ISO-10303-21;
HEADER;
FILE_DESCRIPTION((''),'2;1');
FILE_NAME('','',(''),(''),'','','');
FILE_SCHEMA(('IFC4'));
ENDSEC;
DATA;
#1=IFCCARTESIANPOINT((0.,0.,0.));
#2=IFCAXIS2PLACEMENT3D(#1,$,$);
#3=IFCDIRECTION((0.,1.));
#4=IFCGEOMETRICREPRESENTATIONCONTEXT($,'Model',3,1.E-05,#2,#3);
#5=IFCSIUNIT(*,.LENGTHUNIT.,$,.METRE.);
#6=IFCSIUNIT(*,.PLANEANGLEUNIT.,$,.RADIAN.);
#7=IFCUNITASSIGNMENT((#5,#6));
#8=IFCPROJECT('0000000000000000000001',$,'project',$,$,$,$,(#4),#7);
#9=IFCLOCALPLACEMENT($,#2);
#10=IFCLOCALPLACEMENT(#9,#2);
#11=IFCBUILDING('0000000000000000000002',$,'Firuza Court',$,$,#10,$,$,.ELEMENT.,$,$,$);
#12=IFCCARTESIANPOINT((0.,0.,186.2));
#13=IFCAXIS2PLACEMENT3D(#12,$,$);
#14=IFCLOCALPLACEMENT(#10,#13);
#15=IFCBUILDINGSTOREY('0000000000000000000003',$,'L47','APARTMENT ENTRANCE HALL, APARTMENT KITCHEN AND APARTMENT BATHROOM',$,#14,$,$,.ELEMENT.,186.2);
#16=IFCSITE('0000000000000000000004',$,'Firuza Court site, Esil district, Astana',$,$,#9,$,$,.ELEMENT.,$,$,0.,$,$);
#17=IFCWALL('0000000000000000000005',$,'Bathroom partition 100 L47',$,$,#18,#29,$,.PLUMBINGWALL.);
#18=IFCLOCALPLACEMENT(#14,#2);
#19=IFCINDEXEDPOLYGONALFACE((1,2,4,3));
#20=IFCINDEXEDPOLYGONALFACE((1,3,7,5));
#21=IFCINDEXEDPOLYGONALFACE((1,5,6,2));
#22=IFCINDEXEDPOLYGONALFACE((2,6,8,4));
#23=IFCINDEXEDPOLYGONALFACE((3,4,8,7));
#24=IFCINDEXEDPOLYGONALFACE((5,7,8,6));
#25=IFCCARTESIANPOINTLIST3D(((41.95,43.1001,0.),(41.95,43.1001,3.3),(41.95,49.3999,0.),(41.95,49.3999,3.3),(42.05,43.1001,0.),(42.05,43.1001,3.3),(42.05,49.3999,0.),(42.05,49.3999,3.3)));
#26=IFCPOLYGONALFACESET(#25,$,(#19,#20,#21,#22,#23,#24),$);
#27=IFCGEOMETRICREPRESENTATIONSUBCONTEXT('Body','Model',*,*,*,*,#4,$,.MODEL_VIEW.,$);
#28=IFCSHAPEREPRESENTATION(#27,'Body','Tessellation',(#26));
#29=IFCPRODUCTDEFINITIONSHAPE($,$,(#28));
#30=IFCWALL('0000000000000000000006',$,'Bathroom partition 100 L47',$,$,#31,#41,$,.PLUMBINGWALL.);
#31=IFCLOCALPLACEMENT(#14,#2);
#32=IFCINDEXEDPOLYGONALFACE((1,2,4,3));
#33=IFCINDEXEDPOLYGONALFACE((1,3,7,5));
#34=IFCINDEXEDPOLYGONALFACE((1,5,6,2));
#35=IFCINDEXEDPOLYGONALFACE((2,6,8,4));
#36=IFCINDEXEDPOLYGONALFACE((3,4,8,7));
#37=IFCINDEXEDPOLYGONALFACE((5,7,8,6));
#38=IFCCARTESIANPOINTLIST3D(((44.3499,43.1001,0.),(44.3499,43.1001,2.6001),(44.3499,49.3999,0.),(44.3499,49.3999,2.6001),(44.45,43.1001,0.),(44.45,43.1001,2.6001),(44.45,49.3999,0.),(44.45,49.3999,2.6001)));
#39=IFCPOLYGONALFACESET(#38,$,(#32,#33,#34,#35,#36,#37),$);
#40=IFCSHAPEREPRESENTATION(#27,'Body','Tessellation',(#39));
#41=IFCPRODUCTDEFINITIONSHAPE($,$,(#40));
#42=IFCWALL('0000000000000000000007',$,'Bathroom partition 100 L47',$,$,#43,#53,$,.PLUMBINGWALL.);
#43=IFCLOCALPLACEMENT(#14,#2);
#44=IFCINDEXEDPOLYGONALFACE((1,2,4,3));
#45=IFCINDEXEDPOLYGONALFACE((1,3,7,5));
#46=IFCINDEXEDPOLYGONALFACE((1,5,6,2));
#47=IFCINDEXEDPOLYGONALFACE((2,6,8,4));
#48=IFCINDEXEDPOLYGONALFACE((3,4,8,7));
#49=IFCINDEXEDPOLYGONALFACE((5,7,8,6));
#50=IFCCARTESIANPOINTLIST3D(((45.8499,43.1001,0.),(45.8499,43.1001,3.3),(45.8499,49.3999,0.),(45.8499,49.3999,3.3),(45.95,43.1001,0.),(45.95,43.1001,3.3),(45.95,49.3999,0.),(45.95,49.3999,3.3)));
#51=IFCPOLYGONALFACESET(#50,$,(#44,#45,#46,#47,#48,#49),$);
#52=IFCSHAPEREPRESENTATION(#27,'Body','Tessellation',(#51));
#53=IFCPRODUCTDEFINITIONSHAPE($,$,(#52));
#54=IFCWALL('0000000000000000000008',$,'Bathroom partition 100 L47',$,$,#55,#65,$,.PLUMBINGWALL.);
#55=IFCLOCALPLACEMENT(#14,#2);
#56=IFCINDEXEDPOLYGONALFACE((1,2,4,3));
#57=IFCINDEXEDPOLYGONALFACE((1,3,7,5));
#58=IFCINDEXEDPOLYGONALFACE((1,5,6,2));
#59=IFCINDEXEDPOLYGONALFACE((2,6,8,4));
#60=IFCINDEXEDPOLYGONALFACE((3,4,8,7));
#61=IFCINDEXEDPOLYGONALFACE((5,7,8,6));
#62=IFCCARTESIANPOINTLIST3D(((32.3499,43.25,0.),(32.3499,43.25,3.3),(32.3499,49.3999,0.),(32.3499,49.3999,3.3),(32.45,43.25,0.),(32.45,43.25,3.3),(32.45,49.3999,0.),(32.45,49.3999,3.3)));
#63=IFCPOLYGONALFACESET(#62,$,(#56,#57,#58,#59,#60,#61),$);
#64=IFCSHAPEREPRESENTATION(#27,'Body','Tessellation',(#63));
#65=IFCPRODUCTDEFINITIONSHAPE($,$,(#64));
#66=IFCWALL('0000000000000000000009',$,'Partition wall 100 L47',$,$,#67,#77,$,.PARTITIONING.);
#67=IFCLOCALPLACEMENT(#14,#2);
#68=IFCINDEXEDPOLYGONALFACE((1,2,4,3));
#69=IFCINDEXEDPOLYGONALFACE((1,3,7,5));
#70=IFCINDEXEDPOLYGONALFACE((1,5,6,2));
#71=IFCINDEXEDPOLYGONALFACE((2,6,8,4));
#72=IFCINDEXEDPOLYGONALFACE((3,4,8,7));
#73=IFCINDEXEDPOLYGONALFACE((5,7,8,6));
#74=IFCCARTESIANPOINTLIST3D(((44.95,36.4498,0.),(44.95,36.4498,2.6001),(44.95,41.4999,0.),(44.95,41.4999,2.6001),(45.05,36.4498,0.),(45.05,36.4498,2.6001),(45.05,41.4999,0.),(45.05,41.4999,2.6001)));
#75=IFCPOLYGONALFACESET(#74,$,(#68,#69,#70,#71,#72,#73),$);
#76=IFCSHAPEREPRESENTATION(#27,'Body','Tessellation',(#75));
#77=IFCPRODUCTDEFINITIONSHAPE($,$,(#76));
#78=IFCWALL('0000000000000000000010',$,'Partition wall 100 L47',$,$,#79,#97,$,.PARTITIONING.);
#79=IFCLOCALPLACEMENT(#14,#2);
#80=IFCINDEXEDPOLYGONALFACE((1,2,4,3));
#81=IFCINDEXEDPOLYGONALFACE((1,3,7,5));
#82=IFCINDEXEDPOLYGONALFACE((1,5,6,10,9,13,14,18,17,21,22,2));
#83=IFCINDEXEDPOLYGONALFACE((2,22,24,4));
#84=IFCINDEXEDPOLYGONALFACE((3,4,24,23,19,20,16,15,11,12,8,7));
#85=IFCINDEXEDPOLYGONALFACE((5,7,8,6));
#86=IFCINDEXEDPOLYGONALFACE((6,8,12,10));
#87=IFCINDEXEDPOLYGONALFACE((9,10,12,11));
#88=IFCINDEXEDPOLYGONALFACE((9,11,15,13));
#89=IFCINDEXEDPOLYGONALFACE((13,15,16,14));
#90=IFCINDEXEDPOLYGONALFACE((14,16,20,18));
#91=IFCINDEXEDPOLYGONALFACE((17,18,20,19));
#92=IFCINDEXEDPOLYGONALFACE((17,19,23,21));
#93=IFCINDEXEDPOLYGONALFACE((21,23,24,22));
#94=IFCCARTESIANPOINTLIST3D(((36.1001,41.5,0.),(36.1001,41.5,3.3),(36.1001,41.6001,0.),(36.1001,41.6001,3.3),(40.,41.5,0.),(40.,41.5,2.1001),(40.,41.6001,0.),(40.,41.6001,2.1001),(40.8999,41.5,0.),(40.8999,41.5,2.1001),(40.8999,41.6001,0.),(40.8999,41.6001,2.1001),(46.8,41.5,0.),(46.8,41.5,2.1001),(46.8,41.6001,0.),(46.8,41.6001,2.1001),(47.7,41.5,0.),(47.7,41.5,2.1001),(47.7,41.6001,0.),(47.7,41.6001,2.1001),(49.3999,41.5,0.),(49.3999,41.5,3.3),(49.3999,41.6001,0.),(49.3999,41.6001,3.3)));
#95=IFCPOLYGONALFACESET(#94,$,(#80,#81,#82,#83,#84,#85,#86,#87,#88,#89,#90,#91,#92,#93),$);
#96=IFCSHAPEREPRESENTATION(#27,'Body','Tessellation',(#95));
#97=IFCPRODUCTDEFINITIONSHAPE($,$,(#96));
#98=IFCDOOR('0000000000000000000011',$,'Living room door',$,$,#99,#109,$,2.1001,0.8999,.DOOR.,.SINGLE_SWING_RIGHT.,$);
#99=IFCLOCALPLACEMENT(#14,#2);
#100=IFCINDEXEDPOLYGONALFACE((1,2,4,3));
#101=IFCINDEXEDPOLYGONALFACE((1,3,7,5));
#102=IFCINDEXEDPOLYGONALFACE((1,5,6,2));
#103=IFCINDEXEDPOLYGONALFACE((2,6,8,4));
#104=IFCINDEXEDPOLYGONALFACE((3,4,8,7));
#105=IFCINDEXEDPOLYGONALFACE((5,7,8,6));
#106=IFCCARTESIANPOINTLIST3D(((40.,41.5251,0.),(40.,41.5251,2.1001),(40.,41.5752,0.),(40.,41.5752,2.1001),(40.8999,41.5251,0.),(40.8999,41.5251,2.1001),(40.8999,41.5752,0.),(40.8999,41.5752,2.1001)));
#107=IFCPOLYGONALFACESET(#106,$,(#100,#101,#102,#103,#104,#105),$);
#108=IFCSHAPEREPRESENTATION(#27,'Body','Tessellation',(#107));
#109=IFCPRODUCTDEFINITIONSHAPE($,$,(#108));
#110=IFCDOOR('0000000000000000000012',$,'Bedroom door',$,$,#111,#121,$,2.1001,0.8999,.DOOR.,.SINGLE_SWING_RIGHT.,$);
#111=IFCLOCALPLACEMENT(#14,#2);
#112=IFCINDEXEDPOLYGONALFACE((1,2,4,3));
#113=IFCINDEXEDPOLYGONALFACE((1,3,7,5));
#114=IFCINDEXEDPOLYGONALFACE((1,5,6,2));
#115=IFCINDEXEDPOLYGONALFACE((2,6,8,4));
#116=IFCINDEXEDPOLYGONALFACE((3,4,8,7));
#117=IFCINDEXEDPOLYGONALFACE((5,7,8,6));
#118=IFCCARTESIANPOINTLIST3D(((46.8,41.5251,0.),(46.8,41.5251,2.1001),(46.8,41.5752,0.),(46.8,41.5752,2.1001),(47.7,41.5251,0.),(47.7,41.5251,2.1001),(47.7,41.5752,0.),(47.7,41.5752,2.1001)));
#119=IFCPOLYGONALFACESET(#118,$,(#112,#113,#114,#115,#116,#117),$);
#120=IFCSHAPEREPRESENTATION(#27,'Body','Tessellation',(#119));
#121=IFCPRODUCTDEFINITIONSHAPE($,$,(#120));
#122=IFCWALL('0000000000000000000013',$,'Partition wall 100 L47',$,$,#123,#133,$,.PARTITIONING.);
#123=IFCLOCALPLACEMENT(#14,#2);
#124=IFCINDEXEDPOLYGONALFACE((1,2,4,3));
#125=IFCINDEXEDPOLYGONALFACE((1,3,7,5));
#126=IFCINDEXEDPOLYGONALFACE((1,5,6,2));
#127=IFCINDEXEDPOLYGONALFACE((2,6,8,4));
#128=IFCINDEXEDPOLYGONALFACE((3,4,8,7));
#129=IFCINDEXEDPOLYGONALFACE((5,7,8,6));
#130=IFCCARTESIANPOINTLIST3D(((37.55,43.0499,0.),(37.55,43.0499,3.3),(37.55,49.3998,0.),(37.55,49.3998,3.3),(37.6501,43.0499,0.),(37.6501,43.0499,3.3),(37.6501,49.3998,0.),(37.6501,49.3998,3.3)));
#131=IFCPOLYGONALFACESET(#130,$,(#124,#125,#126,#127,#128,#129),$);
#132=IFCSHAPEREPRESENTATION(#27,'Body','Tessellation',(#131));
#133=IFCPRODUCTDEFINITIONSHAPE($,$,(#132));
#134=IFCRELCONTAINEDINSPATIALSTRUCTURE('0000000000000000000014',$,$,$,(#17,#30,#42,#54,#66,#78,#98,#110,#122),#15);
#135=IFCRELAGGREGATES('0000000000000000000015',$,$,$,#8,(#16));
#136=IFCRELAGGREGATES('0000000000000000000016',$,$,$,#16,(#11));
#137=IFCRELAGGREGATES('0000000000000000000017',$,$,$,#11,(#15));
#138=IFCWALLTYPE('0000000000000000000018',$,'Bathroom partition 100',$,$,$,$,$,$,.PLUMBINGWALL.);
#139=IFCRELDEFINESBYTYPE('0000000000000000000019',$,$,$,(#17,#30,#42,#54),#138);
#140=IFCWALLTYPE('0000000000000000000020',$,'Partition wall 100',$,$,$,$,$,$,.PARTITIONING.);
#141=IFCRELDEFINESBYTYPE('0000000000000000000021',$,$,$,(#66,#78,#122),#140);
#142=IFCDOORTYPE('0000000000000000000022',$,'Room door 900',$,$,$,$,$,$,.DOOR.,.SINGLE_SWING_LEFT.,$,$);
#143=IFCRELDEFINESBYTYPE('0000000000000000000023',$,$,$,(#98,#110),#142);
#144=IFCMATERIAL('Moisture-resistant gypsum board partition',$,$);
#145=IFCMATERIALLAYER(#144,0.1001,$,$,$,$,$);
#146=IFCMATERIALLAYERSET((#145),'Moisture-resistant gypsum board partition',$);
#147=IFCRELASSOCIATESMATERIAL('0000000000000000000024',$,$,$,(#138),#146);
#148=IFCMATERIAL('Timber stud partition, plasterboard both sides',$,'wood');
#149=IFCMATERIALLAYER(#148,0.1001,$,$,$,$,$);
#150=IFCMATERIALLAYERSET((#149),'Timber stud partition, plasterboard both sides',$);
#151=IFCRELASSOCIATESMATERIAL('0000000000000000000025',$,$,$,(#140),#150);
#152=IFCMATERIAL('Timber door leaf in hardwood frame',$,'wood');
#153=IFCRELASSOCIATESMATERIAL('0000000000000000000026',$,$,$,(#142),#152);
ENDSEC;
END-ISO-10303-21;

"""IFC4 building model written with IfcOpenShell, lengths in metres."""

from ifc_helpers import new_model, si_unit, direction, frame, frame_2d, origin, place, context, subcontext, project, spatial, rectangle, extrude, material, layer, layer_set, type_object, element, fill, save


model = new_model("IFC4")

# Units and contexts
model_context = context("Model", 3, precision=1e-05, world=origin(), true_north=direction((0.0, 1.0)))
body_context = subcontext(model_context, "Body", "Model", "MODEL_VIEW")
ifc_project = project(units=[si_unit("LENGTHUNIT", "METRE"), si_unit("PLANEANGLEUNIT", "RADIAN")], contexts=[model_context])

# Site, building, storey
site_placement = place(None, origin())
site = spatial("IfcSite", under=ifc_project, at=site_placement, Name="Firuza Court site, Esil district, Astana", CompositionType="ELEMENT", RefElevation=0.0)
building_placement = place(site_placement, origin())
building = spatial("IfcBuilding", under=site, at=building_placement, Name="Firuza Court", CompositionType="ELEMENT")
storey_placement = place(building_placement, frame((0.0, 0.0, 186.2)))
storey = spatial("IfcBuildingStorey", under=building, at=storey_placement, Name="L47", Description="APARTMENT ENTRANCE HALL, APARTMENT KITCHEN AND APARTMENT BATHROOM", CompositionType="ELEMENT", Elevation=186.2)

# Walls
ifc_material_1 = material(Name="Moisture-resistant gypsum board partition")
ifc_layer_1 = layer(ifc_material_1, 0.1001)
ifc_layer_set_1 = layer_set([ifc_layer_1], Name="Moisture-resistant gypsum board partition")
wall_type_1 = type_object("IfcWallType", Name="Bathroom partition 100", PredefinedType="PLUMBINGWALL", material=ifc_layer_set_1)
wall_1_placement = place(storey_placement, frame((42.0, 43.1001, 0.0), z_axis=(0.0, 0.0, 1.0), x_axis=(0.0, 1.0, 0.0)))
element("IfcWall", 1, at=wall_1_placement, inside=storey, type_object=wall_type_1, Name="Bathroom partition 100 L47", PredefinedType="PLUMBINGWALL", context=body_context, shape_type="SweptSolid", body=[
    extrude(rectangle(XDim=6.2998, YDim=0.1001, at=frame_2d((3.1499, 0.0))), origin(), (0.0, 0.0, 1.0), 3.3),
])
wall_2_placement = place(storey_placement, frame((44.3999, 43.1001, 0.0), z_axis=(0.0, 0.0, 1.0), x_axis=(0.0, 1.0, 0.0)))
element("IfcWall", 2, at=wall_2_placement, inside=storey, type_object=wall_type_1, Name="Bathroom partition 100 L47", PredefinedType="PLUMBINGWALL", context=body_context, shape_type="SweptSolid", body=[
    extrude(rectangle(XDim=6.2998, YDim=0.1001, at=frame_2d((3.1499, 0.0))), origin(), (0.0, 0.0, 1.0), 2.6001),
])
wall_3_placement = place(storey_placement, frame((45.8999, 43.1001, 0.0), z_axis=(0.0, 0.0, 1.0), x_axis=(0.0, 1.0, 0.0)))
element("IfcWall", 3, at=wall_3_placement, inside=storey, type_object=wall_type_1, Name="Bathroom partition 100 L47", PredefinedType="PLUMBINGWALL", context=body_context, shape_type="SweptSolid", body=[
    extrude(rectangle(XDim=6.2998, YDim=0.1001, at=frame_2d((3.1499, 0.0))), origin(), (0.0, 0.0, 1.0), 3.3),
])
wall_4_placement = place(storey_placement, frame((32.3999, 43.25, 0.0), z_axis=(0.0, 0.0, 1.0), x_axis=(0.0, 1.0, 0.0)))
element("IfcWall", 4, at=wall_4_placement, inside=storey, type_object=wall_type_1, Name="Bathroom partition 100 L47", PredefinedType="PLUMBINGWALL", context=body_context, shape_type="SweptSolid", body=[
    extrude(rectangle(XDim=6.1499, YDim=0.1001, at=frame_2d((3.075, 0.0))), origin(), (0.0, 0.0, 1.0), 3.3),
])
ifc_material_2 = material(Name="Timber stud partition, plasterboard both sides", Category="wood")
ifc_layer_2 = layer(ifc_material_2, 0.1001)
ifc_layer_set_2 = layer_set([ifc_layer_2], Name="Timber stud partition, plasterboard both sides")
wall_type_2 = type_object("IfcWallType", Name="Partition wall 100", PredefinedType="PARTITIONING", material=ifc_layer_set_2)
wall_5_placement = place(storey_placement, frame((45.0, 36.45, 0.0), z_axis=(0.0, 0.0, 1.0), x_axis=(0.0, 1.0, 0.0)))
element("IfcWall", 5, at=wall_5_placement, inside=storey, type_object=wall_type_2, Name="Partition wall 100 L47", PredefinedType="PARTITIONING", context=body_context, shape_type="SweptSolid", body=[
    extrude(rectangle(XDim=5.05, YDim=0.1001, at=frame_2d((2.5249, 0.0))), origin(), (0.0, 0.0, 1.0), 2.6001),
])

# Wall, openings, doors
wall_6_placement = place(storey_placement, frame((36.1001, 41.55, 0.0), z_axis=(0.0, 0.0, 1.0), x_axis=(1.0, 0.0, 0.0)))
wall_6 = element("IfcWall", 6, at=wall_6_placement, inside=storey, type_object=wall_type_2, Name="Partition wall 100 L47", PredefinedType="PARTITIONING", context=body_context, shape_type="SweptSolid", body=[
    extrude(rectangle(XDim=13.2998, YDim=0.1001, at=frame_2d((6.6499, 0.0))), origin(), (0.0, 0.0, 1.0), 3.3),
])
opening_1_placement = place(wall_6_placement, frame((3.8999, 0.0, 0.0)))
opening_1 = element("IfcOpeningElement", 7, at=opening_1_placement, cuts=wall_6, PredefinedType="OPENING", context=body_context, shape_type="SweptSolid", body=[
    extrude(rectangle(XDim=0.8999, YDim=2.1001, at=frame_2d((0.45, 1.05))), frame((0.0, 0.062, 0.0), z_axis=(0.0, -1.0, 0.0), x_axis=(1.0, 0.0, 0.0)), (0.0, 0.0, 1.0), 0.124),
])
opening_2_placement = place(wall_6_placement, frame((10.7, 0.0, 0.0)))
opening_2 = element("IfcOpeningElement", 8, at=opening_2_placement, cuts=wall_6, PredefinedType="OPENING", context=body_context, shape_type="SweptSolid", body=[
    extrude(rectangle(XDim=0.8999, YDim=2.1001, at=frame_2d((0.45, 1.05))), frame((0.0, 0.062, 0.0), z_axis=(0.0, -1.0, 0.0), x_axis=(1.0, 0.0, 0.0)), (0.0, 0.0, 1.0), 0.124),
])
ifc_material_3 = material(Name="Timber door leaf in hardwood frame", Category="wood")
door_type_1 = type_object("IfcDoorType", Name="Room door 900", OperationType="SINGLE_SWING_LEFT", PredefinedType="DOOR", material=ifc_material_3)
door_1_placement = place(opening_1_placement, frame((0.8999, 0.0, 0.0), z_axis=(0.0, 0.0, 1.0), x_axis=(-1.0, 0.0, 0.0)))
door_1 = element("IfcDoor", 9, at=door_1_placement, inside=storey, type_object=door_type_1, Name="Living room door", OperationType="SINGLE_SWING_RIGHT", OverallHeight=2.1001, OverallWidth=0.8999, PredefinedType="DOOR", context=body_context, shape_type="SweptSolid", body=[
    extrude(rectangle(XDim=0.8999, YDim=2.1001, at=frame_2d((0.45, 1.05))), frame((0.0, 0.0249, 0.0), z_axis=(0.0, -1.0, 0.0), x_axis=(1.0, 0.0, 0.0)), (0.0, 0.0, 1.0), 0.05),
])
fill(opening_1, door_1)
door_2_placement = place(opening_2_placement, frame((0.8999, 0.0, 0.0), z_axis=(0.0, 0.0, 1.0), x_axis=(-1.0, 0.0, 0.0)))
door_2 = element("IfcDoor", 10, at=door_2_placement, inside=storey, type_object=door_type_1, Name="Bedroom door", OperationType="SINGLE_SWING_RIGHT", OverallHeight=2.1001, OverallWidth=0.8999, PredefinedType="DOOR", context=body_context, shape_type="SweptSolid", body=[
    extrude(rectangle(XDim=0.8999, YDim=2.1001, at=frame_2d((0.45, 1.05))), frame((0.0, 0.0249, 0.0), z_axis=(0.0, -1.0, 0.0), x_axis=(1.0, 0.0, 0.0)), (0.0, 0.0, 1.0), 0.05),
])
fill(opening_2, door_2)

# Wall
wall_7_placement = place(storey_placement, frame((37.6001, 43.05, 0.0), z_axis=(0.0, 0.0, 1.0), x_axis=(0.0, 1.0, 0.0)))
element("IfcWall", 11, at=wall_7_placement, inside=storey, type_object=wall_type_2, Name="Partition wall 100 L47", PredefinedType="PARTITIONING", context=body_context, shape_type="SweptSolid", body=[
    extrude(rectangle(XDim=6.3499, YDim=0.1001, at=frame_2d((3.1748, 0.0))), origin(), (0.0, 0.0, 1.0), 3.3),
])

save(model, "model.ifc")
